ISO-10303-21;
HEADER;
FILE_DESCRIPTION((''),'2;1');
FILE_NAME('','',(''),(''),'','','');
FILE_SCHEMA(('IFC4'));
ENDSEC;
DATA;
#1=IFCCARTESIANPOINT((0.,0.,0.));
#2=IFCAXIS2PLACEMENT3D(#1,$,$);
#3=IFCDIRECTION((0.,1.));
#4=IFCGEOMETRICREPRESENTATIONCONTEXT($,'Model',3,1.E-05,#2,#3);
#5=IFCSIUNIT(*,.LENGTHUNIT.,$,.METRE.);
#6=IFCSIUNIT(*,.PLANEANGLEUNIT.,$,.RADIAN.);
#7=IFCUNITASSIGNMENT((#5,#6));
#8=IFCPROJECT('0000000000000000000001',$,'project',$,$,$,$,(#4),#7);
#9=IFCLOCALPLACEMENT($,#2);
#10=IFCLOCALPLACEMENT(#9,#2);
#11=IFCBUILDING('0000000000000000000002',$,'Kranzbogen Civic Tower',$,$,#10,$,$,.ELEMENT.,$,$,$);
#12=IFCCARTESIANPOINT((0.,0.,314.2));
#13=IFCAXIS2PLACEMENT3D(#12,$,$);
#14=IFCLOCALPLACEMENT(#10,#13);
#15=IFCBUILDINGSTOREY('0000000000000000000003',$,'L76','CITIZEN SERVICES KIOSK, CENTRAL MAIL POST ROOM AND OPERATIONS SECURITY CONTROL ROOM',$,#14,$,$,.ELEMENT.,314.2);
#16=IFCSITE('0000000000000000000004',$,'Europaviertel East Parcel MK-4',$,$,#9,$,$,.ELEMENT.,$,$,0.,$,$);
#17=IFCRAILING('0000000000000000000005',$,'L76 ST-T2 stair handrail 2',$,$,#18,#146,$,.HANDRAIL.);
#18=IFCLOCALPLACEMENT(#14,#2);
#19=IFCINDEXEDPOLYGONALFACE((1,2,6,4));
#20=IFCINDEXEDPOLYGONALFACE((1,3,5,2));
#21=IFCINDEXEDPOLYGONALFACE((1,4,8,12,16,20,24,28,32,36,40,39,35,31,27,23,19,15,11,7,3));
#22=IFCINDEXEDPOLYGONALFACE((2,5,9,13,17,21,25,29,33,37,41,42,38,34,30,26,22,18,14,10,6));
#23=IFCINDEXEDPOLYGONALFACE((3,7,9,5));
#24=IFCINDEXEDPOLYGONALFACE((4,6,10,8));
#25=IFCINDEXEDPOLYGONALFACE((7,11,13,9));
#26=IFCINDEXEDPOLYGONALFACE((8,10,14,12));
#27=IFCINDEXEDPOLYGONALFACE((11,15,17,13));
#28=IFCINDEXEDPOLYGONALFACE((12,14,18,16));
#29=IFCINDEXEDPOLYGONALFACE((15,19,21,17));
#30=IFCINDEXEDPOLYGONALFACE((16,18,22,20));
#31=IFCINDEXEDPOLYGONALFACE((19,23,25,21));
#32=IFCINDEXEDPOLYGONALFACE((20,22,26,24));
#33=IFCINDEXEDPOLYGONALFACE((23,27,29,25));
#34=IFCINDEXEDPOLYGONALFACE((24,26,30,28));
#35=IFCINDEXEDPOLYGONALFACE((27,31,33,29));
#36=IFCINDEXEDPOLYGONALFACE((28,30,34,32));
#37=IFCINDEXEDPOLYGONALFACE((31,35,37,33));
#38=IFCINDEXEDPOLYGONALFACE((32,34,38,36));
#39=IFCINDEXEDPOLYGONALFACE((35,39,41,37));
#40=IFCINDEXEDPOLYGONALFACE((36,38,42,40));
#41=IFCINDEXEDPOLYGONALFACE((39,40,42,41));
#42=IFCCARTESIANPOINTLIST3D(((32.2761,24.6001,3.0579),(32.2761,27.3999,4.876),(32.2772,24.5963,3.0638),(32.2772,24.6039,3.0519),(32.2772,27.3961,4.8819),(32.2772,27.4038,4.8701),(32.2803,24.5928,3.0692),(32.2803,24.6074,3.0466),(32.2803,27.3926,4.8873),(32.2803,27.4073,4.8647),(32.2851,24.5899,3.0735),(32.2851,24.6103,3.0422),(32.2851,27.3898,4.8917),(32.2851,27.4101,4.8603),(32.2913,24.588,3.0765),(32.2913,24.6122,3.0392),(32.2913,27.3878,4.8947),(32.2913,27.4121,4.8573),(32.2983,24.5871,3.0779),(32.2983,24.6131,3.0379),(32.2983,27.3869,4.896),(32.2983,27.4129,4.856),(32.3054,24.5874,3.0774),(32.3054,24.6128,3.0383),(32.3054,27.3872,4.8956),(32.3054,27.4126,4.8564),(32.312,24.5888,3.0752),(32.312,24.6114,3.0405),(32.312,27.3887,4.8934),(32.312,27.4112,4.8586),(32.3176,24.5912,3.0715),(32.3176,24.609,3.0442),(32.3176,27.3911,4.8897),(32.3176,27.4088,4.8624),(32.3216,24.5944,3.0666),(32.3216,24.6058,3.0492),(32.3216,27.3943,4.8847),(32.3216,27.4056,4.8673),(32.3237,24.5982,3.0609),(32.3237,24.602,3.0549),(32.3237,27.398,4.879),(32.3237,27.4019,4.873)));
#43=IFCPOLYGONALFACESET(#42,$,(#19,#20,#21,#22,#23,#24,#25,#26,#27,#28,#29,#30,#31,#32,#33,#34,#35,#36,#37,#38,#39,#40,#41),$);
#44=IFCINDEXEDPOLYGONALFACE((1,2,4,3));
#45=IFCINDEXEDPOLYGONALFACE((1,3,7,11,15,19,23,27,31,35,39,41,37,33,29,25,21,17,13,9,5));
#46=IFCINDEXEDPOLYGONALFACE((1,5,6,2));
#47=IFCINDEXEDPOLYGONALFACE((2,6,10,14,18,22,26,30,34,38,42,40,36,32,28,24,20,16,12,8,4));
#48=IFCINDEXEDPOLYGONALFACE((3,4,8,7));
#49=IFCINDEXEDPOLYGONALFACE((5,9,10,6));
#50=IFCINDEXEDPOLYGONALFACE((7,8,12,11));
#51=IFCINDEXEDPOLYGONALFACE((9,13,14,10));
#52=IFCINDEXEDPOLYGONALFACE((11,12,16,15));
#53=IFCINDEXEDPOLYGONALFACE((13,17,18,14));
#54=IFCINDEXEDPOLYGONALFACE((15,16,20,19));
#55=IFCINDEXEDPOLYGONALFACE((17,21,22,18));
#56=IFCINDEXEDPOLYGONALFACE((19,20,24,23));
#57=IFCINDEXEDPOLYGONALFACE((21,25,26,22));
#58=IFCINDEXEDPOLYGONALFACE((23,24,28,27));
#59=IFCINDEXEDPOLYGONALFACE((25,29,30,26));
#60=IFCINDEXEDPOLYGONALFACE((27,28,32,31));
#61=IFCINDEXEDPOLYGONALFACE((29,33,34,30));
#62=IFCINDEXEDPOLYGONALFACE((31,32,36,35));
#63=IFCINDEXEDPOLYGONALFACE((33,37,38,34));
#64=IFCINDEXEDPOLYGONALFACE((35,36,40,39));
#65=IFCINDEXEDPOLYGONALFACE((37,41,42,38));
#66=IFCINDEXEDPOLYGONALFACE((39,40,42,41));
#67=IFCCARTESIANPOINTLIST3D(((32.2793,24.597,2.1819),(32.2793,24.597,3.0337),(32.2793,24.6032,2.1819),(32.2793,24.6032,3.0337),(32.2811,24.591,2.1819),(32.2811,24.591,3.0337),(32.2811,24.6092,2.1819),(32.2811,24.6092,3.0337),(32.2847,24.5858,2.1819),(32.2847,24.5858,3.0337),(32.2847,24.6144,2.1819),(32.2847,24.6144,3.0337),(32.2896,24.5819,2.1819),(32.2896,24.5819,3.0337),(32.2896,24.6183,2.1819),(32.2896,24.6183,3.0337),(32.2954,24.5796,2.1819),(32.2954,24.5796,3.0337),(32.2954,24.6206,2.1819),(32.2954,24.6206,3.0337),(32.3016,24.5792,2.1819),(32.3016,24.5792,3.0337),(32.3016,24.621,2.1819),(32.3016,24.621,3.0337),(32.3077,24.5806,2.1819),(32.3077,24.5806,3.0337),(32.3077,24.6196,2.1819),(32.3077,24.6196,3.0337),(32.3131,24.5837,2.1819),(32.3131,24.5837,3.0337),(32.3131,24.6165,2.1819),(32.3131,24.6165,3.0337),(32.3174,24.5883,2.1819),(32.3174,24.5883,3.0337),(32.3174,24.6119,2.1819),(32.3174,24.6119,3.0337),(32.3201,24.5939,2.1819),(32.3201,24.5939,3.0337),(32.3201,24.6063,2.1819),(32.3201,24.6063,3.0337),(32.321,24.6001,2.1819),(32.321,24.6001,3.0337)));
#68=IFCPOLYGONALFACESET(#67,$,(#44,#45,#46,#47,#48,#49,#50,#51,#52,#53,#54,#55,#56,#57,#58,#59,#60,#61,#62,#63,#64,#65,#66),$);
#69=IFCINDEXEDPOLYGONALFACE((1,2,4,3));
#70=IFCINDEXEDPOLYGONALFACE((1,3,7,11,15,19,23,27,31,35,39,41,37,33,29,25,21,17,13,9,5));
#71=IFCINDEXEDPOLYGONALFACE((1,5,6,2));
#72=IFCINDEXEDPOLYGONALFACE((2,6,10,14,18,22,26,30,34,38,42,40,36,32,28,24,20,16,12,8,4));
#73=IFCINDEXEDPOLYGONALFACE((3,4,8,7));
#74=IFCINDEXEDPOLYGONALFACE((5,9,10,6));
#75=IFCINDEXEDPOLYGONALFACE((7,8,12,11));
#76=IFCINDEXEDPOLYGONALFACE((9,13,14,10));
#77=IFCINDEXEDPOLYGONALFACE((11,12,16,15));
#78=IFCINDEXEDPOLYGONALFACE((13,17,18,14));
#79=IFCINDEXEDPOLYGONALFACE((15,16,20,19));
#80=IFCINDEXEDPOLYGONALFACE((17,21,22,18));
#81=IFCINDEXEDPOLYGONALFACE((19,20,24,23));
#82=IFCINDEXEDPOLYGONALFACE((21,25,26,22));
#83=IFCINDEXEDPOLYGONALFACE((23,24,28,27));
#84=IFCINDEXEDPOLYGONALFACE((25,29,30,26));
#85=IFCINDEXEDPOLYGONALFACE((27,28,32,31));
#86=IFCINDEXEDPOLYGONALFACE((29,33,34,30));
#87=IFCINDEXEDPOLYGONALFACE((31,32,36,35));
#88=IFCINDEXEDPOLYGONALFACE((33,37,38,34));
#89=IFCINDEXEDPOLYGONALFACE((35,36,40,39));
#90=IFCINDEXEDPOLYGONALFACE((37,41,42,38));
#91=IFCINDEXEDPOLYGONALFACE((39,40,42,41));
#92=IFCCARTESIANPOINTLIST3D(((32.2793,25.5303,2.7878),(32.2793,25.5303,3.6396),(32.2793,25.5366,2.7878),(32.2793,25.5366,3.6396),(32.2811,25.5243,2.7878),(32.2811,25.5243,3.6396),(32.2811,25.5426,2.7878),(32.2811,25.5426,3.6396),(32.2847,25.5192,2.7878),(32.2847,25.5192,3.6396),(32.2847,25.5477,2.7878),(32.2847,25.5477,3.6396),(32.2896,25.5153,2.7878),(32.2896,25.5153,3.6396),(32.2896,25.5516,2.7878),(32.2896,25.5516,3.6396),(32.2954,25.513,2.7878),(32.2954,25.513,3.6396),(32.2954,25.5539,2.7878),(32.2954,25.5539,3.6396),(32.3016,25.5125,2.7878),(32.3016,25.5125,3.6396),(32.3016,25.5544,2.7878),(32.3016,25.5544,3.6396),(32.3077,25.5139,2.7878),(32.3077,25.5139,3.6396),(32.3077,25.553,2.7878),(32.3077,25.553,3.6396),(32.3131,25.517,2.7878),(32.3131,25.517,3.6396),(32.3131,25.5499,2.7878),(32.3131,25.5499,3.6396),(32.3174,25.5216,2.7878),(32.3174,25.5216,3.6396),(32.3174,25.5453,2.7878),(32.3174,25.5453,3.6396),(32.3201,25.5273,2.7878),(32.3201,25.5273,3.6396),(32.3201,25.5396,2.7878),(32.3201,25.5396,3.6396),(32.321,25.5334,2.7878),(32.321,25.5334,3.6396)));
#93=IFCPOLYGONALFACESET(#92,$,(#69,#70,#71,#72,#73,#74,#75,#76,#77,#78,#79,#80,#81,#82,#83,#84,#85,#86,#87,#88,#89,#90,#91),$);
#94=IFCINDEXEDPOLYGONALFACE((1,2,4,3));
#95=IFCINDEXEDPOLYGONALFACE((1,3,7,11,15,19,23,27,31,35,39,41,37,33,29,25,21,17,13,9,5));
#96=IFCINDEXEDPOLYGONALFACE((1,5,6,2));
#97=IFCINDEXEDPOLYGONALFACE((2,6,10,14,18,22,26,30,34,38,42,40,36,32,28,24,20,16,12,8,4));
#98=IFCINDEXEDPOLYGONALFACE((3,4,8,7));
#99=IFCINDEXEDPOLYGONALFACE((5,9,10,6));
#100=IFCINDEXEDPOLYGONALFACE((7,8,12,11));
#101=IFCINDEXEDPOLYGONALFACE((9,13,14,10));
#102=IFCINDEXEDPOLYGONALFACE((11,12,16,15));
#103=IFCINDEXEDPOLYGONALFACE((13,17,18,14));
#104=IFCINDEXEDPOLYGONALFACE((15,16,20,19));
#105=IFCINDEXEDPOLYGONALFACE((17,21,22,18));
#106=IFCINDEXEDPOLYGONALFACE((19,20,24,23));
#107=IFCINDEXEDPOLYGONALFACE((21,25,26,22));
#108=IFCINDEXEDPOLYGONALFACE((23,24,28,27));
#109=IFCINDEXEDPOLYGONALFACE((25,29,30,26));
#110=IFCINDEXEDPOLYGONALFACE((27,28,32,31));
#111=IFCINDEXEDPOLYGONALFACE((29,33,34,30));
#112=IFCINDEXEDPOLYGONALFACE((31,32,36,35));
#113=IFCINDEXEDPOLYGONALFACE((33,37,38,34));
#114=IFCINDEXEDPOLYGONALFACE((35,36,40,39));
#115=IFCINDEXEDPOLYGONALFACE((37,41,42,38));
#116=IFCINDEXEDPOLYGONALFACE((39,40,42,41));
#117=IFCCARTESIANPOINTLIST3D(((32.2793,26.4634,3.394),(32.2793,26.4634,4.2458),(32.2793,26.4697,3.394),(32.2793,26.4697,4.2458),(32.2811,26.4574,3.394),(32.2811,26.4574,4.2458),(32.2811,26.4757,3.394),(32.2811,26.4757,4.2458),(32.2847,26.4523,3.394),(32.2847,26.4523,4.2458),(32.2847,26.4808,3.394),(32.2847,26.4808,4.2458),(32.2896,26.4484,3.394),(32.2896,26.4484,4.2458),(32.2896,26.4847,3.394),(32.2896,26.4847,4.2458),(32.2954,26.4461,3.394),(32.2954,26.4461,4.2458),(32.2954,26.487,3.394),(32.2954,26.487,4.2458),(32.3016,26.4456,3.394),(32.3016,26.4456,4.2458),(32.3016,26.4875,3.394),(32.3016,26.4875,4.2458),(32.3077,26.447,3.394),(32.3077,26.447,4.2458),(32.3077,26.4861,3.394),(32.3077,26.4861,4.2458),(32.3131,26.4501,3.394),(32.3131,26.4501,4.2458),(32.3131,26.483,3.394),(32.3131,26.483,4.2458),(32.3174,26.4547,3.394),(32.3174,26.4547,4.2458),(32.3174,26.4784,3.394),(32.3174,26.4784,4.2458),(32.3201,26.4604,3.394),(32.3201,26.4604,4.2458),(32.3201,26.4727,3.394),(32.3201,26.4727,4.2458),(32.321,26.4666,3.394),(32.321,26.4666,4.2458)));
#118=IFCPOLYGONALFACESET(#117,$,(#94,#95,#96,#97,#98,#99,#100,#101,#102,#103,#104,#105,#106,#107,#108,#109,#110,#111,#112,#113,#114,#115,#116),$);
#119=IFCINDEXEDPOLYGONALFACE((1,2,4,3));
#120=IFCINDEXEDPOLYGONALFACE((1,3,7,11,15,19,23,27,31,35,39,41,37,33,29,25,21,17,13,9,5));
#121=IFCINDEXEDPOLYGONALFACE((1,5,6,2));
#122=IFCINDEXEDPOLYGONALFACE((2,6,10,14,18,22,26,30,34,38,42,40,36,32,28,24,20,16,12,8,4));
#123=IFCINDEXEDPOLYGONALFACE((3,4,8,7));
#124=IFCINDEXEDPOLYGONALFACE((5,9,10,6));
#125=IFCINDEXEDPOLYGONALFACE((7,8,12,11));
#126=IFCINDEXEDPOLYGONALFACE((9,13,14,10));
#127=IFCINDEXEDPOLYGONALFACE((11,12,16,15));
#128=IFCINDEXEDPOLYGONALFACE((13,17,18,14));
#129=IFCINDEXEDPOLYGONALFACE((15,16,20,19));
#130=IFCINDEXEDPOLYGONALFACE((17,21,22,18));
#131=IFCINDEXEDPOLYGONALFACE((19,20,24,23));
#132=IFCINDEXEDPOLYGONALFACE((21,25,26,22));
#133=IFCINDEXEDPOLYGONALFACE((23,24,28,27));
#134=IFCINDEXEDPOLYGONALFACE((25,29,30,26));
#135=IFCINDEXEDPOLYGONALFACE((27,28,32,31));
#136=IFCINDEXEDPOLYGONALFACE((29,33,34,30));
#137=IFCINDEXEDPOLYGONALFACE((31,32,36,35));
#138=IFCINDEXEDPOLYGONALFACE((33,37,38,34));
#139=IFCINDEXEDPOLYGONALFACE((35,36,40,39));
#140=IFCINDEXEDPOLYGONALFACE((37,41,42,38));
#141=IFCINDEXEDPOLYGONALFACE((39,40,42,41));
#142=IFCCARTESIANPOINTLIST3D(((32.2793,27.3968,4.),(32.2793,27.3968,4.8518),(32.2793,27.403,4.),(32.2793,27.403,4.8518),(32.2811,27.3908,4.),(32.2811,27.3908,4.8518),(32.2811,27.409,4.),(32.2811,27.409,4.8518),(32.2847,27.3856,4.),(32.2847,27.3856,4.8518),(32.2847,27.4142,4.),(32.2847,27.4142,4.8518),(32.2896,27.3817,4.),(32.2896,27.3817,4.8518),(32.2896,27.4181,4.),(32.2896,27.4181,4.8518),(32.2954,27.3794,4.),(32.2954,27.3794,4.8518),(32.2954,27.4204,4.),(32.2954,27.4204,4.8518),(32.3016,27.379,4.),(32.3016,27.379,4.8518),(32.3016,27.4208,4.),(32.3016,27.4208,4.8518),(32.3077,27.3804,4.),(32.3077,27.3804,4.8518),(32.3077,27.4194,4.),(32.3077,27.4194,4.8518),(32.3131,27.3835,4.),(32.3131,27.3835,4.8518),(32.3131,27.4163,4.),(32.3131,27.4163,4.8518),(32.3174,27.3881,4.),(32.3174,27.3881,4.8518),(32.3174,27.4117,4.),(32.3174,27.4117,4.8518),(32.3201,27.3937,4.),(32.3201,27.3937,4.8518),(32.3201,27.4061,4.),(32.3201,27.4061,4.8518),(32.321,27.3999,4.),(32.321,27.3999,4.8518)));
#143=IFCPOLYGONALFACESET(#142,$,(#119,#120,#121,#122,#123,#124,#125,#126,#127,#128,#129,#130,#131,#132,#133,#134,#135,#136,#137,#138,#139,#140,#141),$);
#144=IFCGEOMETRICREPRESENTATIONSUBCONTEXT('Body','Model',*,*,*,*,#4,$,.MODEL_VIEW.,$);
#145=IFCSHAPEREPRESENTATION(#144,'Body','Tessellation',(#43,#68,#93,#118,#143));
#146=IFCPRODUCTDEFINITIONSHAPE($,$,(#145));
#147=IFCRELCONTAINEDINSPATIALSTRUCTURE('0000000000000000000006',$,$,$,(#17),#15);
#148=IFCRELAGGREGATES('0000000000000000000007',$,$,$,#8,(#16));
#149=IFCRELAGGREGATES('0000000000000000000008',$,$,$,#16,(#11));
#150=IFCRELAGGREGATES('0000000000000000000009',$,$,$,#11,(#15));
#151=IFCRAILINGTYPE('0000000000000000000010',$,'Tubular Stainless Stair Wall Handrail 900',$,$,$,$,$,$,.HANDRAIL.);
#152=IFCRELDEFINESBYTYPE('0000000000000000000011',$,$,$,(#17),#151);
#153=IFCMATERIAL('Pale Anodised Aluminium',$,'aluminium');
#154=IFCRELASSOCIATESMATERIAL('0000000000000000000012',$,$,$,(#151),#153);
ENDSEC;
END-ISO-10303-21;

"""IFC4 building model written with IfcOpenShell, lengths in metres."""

from ifc_helpers import new_model, si_unit, direction, frame, origin, origin_2d, place, context, subcontext, project, spatial, circle, extrude, material, type_object, element, save


model = new_model("IFC4")

# Units and contexts
model_context = context("Model", 3, precision=1e-05, world=origin(), true_north=direction((0.0, 1.0)))
body_context = subcontext(model_context, "Body", "Model", "MODEL_VIEW")
ifc_project = project(units=[si_unit("LENGTHUNIT", "METRE"), si_unit("PLANEANGLEUNIT", "RADIAN")], contexts=[model_context])

# Site, building, storey
site_placement = place(None, origin())
site = spatial("IfcSite", under=ifc_project, at=site_placement, Name="Europaviertel East Parcel MK-4", CompositionType="ELEMENT", RefElevation=0.0)
building_placement = place(site_placement, origin())
building = spatial("IfcBuilding", under=site, at=building_placement, Name="Kranzbogen Civic Tower", CompositionType="ELEMENT")
storey_placement = place(building_placement, frame((0.0, 0.0, 314.2)))
storey = spatial("IfcBuildingStorey", under=building, at=storey_placement, Name="L76", Description="CITIZEN SERVICES KIOSK, CENTRAL MAIL POST ROOM AND OPERATIONS SECURITY CONTROL ROOM", CompositionType="ELEMENT", Elevation=314.2)

# Shared definitions
ifc_material_1 = material(Name="Pale Anodised Aluminium", Category="aluminium")

# Railing
railing_type_1 = type_object("IfcRailingType", Name="Tubular Stainless Stair Wall Handrail 900", PredefinedType="HANDRAIL", material=ifc_material_1)
railing_1_placement = place(storey_placement, frame((32.3, 24.6001, 2.1819)))
element("IfcRailing", 1, at=railing_1_placement, inside=storey, type_object=railing_type_1, Name="L76 ST-T2 stair handrail 2", PredefinedType="HANDRAIL", context=body_context, shape_type="SweptSolid", body=[
    extrude(circle(Radius=0.0239, at=origin_2d()), frame((0.0, 0.0, 0.876), z_axis=(0.0, 0.838684, 0.544618), x_axis=(-1.0, 0.0, 0.0)), (0.0, 0.0, 1.0), 3.3384),
    extrude(circle(Radius=0.021, at=origin_2d()), origin(), (0.0, 0.0, 1.0), 0.8518),
    extrude(circle(Radius=0.021, at=origin_2d()), frame((0.0, 0.9333, 0.606)), (0.0, 0.0, 1.0), 0.8518),
    extrude(circle(Radius=0.021, at=origin_2d()), frame((0.0, 1.8665, 1.2122)), (0.0, 0.0, 1.0), 0.8518),
    extrude(circle(Radius=0.021, at=origin_2d()), frame((0.0, 2.7998, 1.8181)), (0.0, 0.0, 1.0), 0.8518),
])

save(model, "model.ifc")
